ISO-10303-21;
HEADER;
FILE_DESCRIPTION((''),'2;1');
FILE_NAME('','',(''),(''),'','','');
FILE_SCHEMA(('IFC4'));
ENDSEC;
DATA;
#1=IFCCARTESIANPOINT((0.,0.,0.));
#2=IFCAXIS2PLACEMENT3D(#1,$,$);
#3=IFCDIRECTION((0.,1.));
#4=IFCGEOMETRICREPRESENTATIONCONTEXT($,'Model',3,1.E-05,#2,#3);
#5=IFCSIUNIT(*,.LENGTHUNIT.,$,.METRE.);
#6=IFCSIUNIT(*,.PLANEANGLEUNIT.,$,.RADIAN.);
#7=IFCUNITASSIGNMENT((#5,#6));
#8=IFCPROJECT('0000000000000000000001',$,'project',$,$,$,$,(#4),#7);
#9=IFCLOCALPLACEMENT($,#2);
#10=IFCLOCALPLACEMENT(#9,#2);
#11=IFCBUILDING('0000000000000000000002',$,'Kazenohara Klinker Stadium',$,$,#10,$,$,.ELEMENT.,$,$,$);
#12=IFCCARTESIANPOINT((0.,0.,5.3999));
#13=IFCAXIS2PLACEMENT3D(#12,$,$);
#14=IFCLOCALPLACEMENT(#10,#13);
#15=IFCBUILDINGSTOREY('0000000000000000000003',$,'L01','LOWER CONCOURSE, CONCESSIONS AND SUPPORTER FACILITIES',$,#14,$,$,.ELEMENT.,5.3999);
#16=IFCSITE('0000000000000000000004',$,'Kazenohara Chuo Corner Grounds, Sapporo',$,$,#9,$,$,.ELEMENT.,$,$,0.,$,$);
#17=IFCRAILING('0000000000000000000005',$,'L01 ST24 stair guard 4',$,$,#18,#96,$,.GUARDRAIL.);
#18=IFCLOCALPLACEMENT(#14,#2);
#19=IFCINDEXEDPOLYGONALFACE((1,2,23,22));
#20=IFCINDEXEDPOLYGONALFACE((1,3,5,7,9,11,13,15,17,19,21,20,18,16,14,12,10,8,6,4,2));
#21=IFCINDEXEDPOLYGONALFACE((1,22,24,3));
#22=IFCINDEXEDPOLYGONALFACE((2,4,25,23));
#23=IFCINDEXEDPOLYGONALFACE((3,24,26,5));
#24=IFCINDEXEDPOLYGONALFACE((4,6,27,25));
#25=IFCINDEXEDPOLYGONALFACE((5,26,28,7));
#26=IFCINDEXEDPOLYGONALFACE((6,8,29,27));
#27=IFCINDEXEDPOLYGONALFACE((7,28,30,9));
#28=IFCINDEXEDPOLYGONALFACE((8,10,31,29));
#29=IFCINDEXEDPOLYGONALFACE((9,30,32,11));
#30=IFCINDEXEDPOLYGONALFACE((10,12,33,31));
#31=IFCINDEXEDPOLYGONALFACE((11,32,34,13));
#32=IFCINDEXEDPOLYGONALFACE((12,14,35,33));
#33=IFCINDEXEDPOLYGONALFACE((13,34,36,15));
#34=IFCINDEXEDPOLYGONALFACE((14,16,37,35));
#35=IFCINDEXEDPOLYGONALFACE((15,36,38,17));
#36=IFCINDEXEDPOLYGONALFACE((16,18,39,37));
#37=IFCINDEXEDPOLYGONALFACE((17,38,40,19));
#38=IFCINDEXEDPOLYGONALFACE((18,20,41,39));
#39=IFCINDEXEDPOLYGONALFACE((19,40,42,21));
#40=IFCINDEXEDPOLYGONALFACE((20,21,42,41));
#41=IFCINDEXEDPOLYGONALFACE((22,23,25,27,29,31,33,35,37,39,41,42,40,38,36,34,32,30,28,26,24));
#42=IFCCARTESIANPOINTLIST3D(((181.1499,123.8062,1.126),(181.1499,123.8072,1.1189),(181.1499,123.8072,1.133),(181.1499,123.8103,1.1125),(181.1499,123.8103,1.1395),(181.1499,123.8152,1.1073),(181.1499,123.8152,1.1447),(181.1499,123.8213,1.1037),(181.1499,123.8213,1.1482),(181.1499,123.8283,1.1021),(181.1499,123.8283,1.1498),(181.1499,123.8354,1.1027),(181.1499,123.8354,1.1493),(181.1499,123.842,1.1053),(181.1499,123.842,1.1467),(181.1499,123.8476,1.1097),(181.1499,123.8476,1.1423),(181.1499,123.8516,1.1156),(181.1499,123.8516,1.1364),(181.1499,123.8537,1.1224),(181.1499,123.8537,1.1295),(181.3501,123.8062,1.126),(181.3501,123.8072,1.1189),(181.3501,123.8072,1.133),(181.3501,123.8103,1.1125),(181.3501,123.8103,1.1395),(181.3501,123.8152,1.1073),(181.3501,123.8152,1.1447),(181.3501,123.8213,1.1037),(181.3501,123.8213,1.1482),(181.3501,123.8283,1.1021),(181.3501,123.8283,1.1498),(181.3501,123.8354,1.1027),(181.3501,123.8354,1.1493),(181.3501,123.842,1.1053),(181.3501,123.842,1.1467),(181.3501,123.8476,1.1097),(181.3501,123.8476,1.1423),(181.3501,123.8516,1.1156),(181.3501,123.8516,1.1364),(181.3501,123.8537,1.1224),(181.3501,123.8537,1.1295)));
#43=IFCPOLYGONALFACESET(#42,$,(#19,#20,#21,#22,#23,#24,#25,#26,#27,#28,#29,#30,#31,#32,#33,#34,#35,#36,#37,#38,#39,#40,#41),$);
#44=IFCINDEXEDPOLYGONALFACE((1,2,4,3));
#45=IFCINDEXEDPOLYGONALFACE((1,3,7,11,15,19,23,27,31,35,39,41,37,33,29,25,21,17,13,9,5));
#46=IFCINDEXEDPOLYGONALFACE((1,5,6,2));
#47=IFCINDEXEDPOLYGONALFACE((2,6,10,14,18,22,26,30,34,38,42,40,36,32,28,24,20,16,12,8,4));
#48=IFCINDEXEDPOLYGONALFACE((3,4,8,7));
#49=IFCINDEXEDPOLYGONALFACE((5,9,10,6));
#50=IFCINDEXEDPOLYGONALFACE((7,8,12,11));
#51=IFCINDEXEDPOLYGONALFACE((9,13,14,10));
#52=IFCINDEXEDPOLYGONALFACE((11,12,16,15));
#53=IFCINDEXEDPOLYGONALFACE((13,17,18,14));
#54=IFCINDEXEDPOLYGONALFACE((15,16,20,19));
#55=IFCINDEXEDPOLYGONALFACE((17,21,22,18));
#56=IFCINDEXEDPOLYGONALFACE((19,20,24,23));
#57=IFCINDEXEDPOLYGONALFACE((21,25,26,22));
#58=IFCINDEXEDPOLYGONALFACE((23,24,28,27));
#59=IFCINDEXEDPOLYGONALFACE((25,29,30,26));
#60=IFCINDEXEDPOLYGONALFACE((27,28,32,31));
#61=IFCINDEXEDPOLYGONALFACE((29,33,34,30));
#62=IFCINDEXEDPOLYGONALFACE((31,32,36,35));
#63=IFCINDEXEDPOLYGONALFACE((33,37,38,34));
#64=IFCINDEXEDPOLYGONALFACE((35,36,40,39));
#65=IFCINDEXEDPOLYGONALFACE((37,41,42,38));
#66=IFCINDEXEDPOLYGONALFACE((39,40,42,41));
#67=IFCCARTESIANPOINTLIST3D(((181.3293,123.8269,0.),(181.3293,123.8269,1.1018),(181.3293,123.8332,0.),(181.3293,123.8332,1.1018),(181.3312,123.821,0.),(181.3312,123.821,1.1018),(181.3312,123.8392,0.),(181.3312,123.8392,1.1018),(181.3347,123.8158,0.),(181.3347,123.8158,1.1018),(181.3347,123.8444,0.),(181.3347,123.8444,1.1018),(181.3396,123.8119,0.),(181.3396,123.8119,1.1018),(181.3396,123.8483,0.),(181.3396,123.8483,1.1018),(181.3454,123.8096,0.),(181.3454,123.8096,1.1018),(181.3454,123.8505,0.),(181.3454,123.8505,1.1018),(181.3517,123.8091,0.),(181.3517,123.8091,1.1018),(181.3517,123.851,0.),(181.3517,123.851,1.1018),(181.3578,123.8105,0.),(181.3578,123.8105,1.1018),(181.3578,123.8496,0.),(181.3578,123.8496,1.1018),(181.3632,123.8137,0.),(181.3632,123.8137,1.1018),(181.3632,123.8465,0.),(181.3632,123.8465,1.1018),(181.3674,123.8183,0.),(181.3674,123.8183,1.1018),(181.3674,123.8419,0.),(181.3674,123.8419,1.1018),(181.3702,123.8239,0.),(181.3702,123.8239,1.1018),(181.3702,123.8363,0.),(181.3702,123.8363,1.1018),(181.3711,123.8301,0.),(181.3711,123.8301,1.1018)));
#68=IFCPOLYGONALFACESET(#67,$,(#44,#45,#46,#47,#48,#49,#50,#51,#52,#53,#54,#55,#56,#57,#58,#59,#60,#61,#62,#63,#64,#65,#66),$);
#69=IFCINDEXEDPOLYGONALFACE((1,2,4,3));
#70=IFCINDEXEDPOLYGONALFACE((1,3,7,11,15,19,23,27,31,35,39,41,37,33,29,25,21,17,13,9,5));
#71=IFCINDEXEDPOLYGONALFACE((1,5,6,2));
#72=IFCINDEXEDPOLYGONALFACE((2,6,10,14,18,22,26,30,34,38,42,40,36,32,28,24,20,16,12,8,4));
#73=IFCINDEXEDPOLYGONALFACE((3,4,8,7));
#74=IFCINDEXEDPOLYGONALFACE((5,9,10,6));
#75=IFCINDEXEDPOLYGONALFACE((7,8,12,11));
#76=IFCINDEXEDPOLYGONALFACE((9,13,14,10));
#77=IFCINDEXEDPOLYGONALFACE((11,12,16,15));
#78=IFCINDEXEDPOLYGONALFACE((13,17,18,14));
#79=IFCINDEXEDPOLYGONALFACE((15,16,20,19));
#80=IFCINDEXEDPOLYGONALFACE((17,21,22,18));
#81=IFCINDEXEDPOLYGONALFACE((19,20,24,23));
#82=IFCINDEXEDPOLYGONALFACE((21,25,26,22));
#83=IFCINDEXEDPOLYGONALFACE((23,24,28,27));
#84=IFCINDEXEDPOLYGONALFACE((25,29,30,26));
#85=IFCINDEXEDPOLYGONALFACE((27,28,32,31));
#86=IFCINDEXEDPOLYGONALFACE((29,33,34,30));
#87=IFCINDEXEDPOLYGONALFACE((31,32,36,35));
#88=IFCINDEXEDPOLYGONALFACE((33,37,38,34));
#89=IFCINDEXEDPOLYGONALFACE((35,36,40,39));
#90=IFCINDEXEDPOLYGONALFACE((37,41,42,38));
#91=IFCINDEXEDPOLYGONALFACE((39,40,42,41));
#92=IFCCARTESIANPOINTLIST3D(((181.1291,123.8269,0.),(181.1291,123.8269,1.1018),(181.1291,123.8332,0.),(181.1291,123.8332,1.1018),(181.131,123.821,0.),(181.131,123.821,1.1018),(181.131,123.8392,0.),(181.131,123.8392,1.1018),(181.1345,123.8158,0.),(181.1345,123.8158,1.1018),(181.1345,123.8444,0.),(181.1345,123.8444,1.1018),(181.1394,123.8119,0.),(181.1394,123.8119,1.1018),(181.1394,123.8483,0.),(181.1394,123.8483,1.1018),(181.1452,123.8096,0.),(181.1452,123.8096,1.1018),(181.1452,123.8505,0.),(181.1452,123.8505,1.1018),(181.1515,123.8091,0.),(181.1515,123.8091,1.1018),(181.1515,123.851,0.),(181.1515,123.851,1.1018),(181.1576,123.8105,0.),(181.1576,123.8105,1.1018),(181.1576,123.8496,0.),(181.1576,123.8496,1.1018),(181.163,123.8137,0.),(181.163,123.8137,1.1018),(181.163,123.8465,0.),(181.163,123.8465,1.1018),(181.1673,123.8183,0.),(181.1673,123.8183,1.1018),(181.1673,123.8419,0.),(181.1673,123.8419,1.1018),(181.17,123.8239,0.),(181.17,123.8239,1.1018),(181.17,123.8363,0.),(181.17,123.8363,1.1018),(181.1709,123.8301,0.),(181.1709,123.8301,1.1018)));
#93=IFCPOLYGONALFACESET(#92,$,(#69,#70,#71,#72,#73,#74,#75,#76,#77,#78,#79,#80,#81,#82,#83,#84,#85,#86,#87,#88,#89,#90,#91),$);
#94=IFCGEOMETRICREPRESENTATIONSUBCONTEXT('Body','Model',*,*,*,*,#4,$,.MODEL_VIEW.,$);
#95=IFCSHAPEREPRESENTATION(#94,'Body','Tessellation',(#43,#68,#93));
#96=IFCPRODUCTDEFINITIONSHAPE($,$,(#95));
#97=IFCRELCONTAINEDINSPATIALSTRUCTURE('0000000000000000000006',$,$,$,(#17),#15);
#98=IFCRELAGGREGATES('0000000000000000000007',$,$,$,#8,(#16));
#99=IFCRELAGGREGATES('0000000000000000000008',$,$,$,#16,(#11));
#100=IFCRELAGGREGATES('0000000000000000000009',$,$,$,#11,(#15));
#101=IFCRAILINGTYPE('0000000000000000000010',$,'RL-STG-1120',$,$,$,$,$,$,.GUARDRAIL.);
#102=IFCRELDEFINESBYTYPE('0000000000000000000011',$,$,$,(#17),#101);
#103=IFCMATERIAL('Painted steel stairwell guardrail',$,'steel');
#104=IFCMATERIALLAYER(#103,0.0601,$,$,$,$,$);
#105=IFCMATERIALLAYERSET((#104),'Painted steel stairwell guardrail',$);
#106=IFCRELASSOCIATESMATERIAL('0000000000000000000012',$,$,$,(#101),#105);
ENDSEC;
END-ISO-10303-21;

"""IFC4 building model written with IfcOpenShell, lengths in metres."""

from ifc_helpers import new_model, si_unit, direction, frame, origin, origin_2d, place, context, subcontext, project, spatial, circle, extrude, material, layer, layer_set, type_object, element, save


model = new_model("IFC4")

# Units and contexts
model_context = context("Model", 3, precision=1e-05, world=origin(), true_north=direction((0.0, 1.0)))
body_context = subcontext(model_context, "Body", "Model", "MODEL_VIEW")
ifc_project = project(units=[si_unit("LENGTHUNIT", "METRE"), si_unit("PLANEANGLEUNIT", "RADIAN")], contexts=[model_context])

# Site, building, storey
site_placement = place(None, origin())
site = spatial("IfcSite", under=ifc_project, at=site_placement, Name="Kazenohara Chuo Corner Grounds, Sapporo", CompositionType="ELEMENT", RefElevation=0.0)
building_placement = place(site_placement, origin())
building = spatial("IfcBuilding", under=site, at=building_placement, Name="Kazenohara Klinker Stadium", CompositionType="ELEMENT")
storey_placement = place(building_placement, frame((0.0, 0.0, 5.3999)))
storey = spatial("IfcBuildingStorey", under=building, at=storey_placement, Name="L01", Description="LOWER CONCOURSE, CONCESSIONS AND SUPPORTER FACILITIES", CompositionType="ELEMENT", Elevation=5.3999)

# Railing
ifc_material_1 = material(Name="Painted steel stairwell guardrail", Category="steel")
ifc_layer_1 = layer(ifc_material_1, 0.0601)
ifc_layer_set_1 = layer_set([ifc_layer_1], Name="Painted steel stairwell guardrail")
railing_type_1 = type_object("IfcRailingType", Name="RL-STG-1120", PredefinedType="GUARDRAIL", material=ifc_layer_set_1)
railing_1_placement = place(storey_placement, frame((181.3501, 123.8301, 0.0)))
element("IfcRailing", 1, at=railing_1_placement, inside=storey, type_object=railing_type_1, Name="L01 ST24 stair guard 4", PredefinedType="GUARDRAIL", context=body_context, shape_type="SweptSolid", body=[
    extrude(circle(Radius=0.0239, at=origin_2d()), frame((0.0, 0.0, 1.126), z_axis=(-1.0, 0.0, 0.0), x_axis=(0.0, -1.0, 0.0)), (0.0, 0.0, 1.0), 0.2002),
    extrude(circle(Radius=0.021, at=origin_2d()), origin(), (0.0, 0.0, 1.0), 1.1018),
    extrude(circle(Radius=0.021, at=origin_2d()), frame((-0.2002, 0.0, 0.0)), (0.0, 0.0, 1.0), 1.1018),
])

save(model, "model.ifc")
